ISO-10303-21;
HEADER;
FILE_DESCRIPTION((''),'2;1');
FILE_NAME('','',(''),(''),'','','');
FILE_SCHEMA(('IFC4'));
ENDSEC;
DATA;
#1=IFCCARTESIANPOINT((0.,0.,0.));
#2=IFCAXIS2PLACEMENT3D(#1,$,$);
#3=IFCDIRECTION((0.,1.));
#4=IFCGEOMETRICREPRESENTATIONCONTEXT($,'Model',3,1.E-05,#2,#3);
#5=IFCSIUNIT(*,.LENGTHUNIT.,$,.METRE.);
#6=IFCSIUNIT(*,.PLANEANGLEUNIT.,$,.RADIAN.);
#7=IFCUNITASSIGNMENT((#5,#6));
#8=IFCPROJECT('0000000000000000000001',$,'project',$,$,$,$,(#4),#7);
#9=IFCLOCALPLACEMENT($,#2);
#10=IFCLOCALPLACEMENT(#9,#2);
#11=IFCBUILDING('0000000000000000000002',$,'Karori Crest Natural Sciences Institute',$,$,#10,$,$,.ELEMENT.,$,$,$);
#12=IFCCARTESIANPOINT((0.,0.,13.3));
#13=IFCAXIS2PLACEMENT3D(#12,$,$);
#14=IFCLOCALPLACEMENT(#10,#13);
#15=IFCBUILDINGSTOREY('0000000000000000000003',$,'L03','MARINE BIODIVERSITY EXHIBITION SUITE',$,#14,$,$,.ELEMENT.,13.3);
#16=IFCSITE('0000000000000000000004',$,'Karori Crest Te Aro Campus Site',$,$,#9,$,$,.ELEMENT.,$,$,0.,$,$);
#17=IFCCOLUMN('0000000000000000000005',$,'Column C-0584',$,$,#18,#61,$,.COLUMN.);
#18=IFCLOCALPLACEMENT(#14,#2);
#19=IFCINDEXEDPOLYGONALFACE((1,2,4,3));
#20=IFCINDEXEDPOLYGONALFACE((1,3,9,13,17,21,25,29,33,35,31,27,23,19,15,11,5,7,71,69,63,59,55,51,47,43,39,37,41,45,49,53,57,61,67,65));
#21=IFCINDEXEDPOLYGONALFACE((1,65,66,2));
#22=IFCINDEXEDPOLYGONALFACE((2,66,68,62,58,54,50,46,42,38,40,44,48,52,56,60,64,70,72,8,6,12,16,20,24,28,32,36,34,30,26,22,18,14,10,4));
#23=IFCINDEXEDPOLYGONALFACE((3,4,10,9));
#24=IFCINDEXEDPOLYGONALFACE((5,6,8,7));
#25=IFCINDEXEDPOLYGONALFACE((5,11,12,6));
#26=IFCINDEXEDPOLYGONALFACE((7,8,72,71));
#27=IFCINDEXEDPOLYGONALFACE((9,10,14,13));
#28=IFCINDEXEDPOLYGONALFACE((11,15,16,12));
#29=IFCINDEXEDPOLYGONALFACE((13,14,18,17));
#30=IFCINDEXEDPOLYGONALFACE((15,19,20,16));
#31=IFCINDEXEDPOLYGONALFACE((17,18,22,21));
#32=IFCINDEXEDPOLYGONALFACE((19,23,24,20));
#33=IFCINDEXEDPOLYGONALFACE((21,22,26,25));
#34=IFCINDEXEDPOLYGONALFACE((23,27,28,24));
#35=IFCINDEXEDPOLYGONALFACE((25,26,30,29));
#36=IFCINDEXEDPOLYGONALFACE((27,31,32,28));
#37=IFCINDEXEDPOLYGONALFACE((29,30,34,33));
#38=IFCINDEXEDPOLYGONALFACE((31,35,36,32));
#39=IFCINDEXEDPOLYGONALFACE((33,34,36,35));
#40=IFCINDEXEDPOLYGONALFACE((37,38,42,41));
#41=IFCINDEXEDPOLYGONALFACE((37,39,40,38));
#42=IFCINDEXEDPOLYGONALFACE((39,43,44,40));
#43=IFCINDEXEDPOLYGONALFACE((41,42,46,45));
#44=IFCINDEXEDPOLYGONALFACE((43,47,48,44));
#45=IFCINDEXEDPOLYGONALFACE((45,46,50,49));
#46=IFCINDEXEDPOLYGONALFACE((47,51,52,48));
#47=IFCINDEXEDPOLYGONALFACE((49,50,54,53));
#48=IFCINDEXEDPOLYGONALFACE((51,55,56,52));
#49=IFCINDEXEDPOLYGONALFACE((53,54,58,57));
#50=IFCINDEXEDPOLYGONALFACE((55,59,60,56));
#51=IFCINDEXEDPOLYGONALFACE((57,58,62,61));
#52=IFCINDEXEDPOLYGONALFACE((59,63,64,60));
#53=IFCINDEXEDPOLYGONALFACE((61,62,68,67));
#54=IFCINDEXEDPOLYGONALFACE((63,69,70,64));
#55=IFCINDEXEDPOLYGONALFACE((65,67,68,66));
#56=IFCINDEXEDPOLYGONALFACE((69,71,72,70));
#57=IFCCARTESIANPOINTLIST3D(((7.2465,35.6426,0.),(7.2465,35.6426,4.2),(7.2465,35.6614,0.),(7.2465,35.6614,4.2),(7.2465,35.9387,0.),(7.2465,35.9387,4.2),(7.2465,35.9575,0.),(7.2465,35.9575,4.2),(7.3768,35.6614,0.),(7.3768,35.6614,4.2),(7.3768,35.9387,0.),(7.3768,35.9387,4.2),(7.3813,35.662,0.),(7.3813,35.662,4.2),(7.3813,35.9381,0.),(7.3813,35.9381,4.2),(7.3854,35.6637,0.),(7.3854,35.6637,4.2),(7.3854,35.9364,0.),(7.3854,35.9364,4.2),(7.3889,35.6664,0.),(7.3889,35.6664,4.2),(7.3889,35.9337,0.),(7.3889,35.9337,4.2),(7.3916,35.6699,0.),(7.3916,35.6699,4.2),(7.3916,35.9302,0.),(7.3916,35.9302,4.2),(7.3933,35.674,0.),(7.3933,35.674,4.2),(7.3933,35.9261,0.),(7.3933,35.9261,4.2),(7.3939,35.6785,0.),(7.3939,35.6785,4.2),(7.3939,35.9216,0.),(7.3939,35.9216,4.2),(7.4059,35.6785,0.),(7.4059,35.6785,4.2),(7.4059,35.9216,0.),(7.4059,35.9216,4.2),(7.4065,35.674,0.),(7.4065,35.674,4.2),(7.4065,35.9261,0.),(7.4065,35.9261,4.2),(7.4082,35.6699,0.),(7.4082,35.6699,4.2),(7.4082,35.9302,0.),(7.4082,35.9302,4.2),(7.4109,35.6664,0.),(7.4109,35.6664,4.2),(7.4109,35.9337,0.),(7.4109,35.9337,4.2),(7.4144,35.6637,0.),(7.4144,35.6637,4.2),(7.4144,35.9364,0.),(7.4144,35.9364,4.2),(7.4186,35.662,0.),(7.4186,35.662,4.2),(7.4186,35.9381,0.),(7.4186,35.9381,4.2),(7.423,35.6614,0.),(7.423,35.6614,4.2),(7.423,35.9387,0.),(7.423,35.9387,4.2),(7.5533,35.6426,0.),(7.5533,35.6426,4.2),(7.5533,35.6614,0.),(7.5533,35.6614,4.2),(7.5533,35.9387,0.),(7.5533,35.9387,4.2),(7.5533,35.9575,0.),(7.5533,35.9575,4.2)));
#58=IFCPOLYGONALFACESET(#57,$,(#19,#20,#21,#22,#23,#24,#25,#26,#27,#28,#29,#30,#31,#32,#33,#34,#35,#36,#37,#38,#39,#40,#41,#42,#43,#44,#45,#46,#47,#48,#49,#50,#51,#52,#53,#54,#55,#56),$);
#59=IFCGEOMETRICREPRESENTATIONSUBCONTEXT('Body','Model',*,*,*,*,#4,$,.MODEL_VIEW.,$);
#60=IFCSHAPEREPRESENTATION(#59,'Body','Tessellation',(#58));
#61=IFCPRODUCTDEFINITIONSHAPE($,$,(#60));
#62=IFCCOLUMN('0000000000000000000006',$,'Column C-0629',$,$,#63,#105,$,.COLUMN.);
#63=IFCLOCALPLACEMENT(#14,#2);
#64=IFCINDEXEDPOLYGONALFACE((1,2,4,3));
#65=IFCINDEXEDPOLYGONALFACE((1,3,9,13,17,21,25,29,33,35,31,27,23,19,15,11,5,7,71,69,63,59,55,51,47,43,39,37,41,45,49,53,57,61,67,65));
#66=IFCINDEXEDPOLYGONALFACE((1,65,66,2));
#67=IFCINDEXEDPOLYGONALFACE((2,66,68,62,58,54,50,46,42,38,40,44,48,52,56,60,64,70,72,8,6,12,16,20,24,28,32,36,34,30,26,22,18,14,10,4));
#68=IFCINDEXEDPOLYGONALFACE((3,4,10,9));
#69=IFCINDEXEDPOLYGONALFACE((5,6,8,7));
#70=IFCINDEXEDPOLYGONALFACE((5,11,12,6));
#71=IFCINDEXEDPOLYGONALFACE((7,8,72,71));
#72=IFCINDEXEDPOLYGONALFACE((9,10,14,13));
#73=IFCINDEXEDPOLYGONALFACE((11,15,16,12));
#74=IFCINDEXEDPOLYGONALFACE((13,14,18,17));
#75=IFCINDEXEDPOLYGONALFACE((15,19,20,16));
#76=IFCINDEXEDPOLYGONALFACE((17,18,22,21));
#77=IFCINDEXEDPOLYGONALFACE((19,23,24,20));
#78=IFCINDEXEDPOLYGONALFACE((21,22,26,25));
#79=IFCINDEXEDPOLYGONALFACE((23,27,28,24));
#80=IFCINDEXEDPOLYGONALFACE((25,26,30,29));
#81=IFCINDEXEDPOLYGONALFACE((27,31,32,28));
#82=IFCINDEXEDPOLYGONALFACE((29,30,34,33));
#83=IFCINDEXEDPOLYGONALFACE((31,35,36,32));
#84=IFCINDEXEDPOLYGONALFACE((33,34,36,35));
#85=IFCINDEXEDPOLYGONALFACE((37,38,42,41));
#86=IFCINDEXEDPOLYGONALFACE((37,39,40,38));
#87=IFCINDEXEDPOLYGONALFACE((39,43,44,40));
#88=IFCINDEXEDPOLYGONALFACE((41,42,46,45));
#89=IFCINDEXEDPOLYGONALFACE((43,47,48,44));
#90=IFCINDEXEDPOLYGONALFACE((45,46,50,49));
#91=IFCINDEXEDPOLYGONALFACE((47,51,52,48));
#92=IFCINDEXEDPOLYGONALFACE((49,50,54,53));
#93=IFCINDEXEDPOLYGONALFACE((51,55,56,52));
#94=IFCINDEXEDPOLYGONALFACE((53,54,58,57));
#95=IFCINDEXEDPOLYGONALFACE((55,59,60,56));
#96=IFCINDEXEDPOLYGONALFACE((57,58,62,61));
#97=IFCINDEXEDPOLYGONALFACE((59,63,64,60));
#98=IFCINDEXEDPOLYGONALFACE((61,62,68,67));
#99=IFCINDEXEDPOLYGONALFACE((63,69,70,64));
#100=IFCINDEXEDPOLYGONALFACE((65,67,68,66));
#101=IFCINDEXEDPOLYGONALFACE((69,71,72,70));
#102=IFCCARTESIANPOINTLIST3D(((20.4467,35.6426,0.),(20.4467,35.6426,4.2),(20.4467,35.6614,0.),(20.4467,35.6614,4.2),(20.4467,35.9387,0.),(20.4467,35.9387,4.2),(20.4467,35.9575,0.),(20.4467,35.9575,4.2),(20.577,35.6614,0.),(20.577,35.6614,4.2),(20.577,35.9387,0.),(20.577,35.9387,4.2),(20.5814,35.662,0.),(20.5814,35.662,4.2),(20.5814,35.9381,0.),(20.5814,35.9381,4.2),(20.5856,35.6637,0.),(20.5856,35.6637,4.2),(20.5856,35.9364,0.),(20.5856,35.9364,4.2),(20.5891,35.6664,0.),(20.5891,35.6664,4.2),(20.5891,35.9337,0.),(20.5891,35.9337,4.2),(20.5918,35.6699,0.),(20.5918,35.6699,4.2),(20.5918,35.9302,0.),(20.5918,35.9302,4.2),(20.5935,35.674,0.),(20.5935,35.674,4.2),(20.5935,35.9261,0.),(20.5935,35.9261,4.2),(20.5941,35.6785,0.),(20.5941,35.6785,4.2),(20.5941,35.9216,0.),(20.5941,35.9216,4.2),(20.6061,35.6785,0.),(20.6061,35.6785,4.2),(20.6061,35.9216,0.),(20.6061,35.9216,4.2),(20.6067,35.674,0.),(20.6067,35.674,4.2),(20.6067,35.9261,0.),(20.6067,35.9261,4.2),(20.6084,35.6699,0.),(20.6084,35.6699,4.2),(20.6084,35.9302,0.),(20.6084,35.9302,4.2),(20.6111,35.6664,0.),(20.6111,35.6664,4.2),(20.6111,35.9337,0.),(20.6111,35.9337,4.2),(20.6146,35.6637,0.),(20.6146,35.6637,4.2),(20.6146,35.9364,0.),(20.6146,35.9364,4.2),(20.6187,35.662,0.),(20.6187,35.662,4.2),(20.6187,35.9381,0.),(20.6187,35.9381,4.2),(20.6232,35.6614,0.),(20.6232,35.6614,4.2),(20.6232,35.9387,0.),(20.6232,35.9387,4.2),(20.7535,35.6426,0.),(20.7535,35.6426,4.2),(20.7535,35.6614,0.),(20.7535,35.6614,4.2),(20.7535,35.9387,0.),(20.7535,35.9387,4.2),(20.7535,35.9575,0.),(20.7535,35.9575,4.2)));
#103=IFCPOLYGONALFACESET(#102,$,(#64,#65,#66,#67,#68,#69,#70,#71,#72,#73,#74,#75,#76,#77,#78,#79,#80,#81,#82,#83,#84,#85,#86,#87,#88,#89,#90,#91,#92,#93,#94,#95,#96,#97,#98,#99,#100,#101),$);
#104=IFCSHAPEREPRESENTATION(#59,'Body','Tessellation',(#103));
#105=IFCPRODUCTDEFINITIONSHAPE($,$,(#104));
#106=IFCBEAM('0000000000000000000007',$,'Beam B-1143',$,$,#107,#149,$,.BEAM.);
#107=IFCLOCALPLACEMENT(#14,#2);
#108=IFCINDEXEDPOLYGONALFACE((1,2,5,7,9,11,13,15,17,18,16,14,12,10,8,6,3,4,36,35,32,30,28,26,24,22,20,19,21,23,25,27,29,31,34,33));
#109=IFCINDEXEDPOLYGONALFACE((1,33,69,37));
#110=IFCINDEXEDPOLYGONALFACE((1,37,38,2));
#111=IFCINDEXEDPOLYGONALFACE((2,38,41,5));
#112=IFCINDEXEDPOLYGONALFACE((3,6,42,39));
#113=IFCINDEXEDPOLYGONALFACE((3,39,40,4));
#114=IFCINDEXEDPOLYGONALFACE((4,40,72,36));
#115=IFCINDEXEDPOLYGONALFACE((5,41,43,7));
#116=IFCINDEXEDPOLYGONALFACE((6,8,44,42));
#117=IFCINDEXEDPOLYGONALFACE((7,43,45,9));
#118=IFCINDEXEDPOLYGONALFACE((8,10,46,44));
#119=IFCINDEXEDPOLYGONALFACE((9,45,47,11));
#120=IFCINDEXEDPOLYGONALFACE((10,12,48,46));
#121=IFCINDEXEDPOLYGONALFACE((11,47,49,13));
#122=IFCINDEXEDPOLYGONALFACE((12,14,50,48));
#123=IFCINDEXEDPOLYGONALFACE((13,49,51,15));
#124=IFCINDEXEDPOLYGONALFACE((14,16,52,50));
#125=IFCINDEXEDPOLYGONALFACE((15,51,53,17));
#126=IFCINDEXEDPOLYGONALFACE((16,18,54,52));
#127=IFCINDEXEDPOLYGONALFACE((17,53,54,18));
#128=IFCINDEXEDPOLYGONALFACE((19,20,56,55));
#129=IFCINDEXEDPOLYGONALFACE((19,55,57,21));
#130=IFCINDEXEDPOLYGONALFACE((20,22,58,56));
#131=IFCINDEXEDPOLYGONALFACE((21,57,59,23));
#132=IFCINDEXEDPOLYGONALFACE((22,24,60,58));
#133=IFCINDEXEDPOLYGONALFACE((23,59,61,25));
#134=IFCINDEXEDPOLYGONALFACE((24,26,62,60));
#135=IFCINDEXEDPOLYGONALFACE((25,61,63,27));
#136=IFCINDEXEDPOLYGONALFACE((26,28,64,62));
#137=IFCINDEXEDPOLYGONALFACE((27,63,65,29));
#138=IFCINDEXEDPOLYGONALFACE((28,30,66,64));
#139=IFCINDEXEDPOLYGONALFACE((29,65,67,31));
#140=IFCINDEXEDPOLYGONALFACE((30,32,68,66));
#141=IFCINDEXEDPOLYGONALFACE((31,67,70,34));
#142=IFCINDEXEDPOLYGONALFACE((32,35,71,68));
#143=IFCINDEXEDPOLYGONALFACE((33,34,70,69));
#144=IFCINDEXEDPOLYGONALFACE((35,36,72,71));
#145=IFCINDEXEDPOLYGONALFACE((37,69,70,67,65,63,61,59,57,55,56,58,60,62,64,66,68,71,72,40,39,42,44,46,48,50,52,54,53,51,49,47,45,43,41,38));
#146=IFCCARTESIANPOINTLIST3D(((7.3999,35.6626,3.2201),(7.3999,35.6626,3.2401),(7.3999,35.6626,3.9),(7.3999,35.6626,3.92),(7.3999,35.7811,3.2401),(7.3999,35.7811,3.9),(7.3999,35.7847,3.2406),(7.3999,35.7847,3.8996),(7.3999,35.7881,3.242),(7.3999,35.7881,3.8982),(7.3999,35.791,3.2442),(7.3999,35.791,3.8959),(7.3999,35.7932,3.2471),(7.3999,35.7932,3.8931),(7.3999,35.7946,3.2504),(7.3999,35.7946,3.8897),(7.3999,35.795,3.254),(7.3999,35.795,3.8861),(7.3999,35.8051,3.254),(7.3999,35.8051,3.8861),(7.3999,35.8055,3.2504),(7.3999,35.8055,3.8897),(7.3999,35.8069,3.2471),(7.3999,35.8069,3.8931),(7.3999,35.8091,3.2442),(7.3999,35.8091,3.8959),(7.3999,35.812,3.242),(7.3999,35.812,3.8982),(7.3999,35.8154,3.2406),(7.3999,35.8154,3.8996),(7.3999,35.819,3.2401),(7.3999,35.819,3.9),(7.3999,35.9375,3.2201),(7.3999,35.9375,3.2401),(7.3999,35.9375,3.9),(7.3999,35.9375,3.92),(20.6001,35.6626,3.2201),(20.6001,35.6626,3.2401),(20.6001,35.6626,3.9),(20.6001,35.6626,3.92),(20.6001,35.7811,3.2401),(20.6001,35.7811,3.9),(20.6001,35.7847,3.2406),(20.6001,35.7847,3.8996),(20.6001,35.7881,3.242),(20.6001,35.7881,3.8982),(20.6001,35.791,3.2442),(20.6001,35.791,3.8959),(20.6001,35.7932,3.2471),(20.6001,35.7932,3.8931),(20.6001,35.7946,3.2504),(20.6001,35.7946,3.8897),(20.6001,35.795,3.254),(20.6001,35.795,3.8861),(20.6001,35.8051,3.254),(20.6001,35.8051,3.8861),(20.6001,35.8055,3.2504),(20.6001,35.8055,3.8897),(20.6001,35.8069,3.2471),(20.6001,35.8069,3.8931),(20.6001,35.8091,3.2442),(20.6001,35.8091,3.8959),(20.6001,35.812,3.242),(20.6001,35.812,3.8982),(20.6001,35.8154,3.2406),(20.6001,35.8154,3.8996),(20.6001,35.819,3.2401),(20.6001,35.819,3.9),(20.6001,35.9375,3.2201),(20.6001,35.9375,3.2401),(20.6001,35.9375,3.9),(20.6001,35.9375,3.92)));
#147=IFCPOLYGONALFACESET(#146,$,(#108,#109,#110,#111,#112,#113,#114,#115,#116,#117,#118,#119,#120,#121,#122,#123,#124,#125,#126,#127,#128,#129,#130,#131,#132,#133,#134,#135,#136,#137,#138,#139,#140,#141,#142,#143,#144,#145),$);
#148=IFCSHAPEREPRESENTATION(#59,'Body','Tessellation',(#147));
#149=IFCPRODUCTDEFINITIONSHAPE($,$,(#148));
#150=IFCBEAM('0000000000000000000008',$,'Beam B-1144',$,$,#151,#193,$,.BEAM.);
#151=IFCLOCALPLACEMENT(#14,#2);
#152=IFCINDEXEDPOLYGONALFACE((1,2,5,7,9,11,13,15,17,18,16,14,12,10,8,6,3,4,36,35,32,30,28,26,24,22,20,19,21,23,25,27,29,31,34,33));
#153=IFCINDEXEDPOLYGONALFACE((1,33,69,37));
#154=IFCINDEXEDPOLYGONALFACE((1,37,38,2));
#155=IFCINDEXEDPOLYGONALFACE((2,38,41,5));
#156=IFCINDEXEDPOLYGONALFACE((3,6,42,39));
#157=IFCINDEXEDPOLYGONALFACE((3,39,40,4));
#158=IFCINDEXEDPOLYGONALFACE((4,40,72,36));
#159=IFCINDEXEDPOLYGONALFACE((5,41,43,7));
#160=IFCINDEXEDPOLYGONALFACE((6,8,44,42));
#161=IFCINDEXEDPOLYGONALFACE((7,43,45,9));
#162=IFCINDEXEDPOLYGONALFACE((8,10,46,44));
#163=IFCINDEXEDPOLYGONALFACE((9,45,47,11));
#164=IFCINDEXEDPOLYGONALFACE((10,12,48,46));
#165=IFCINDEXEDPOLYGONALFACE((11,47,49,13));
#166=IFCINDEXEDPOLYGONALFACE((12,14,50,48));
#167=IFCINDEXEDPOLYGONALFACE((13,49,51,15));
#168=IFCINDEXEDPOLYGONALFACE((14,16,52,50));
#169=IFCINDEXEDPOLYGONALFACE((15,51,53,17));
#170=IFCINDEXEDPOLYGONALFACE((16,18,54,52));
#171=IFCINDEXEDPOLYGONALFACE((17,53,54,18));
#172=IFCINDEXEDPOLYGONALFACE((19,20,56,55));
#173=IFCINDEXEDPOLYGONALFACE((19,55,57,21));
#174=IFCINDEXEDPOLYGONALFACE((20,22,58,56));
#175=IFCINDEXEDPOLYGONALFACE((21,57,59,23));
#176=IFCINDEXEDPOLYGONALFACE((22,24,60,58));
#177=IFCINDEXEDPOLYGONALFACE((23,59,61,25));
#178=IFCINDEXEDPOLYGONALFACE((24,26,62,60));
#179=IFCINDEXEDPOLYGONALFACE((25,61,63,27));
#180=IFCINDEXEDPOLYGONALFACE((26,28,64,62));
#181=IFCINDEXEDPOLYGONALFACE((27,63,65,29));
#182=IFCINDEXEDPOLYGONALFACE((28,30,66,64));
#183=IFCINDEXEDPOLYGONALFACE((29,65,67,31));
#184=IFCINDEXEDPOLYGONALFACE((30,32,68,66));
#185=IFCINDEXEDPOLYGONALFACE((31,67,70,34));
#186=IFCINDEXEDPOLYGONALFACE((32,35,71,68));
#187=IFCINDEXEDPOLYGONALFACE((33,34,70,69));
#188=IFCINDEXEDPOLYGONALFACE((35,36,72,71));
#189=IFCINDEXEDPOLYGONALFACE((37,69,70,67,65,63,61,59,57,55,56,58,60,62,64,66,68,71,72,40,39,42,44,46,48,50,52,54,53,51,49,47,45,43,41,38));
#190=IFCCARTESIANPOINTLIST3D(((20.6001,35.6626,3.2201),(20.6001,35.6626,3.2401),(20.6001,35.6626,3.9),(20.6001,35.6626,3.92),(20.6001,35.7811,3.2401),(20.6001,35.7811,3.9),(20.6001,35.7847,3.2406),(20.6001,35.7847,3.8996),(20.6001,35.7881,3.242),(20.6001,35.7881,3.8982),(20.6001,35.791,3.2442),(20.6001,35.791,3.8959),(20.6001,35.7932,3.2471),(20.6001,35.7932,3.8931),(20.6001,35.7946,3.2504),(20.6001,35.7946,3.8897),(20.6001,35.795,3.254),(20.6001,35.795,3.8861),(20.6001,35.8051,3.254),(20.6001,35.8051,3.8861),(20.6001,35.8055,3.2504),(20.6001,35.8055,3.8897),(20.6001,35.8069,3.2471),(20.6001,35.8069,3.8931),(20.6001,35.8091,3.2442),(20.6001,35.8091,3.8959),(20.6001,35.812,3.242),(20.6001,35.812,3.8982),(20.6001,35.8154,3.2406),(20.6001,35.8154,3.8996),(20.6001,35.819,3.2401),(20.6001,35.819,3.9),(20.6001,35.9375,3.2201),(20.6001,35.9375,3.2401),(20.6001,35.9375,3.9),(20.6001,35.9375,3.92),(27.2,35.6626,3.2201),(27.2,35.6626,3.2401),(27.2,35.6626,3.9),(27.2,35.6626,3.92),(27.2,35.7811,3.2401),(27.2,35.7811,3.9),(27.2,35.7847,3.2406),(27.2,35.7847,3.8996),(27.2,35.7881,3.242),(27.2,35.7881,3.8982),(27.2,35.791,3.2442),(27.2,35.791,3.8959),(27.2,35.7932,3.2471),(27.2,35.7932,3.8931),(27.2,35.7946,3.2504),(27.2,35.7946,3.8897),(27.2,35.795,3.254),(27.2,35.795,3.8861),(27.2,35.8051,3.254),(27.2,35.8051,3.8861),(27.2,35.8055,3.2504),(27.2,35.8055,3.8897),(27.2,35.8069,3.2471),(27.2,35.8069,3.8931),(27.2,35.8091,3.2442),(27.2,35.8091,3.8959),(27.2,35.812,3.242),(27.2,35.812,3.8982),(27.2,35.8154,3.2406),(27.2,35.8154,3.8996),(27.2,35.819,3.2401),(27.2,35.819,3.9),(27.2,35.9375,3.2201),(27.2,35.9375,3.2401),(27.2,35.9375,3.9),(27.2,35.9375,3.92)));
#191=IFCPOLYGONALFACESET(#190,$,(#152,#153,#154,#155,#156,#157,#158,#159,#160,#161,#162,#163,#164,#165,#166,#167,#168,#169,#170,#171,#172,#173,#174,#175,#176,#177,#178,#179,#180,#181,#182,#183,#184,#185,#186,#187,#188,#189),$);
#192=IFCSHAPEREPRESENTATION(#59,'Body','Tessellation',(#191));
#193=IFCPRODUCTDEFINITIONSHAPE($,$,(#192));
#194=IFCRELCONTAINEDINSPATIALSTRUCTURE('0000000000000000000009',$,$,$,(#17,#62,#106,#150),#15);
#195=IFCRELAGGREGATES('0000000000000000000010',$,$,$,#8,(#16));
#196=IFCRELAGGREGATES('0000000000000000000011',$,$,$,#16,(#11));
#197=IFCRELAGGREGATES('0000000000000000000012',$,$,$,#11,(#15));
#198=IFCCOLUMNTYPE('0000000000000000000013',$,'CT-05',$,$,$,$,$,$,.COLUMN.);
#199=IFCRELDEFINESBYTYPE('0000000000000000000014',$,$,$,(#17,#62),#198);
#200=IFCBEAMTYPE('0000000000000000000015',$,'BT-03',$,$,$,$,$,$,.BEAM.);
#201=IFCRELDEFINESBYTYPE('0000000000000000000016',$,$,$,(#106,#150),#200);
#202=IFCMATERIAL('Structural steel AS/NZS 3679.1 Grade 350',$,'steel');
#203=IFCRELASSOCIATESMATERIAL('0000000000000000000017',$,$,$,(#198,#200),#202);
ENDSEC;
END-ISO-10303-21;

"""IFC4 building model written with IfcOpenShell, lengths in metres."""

from ifc_helpers import new_model, si_unit, direction, frame, origin, origin_2d, place, context, subcontext, project, spatial, i_section, extrude, material, material_profile, profile_set, type_object, element, save


model = new_model("IFC4")

# Units and contexts
model_context = context("Model", 3, precision=1e-05, world=origin(), true_north=direction((0.0, 1.0)))
body_context = subcontext(model_context, "Body", "Model", "MODEL_VIEW")
ifc_project = project(units=[si_unit("LENGTHUNIT", "METRE"), si_unit("PLANEANGLEUNIT", "RADIAN")], contexts=[model_context])

# Site, building, storey
site_placement = place(None, origin())
site = spatial("IfcSite", under=ifc_project, at=site_placement, Name="Karori Crest Te Aro Campus Site", CompositionType="ELEMENT", RefElevation=0.0)
building_placement = place(site_placement, origin())
building = spatial("IfcBuilding", under=site, at=building_placement, Name="Karori Crest Natural Sciences Institute", CompositionType="ELEMENT")
storey_placement = place(building_placement, frame((0.0, 0.0, 13.3)))
storey = spatial("IfcBuildingStorey", under=building, at=storey_placement, Name="L03", Description="MARINE BIODIVERSITY EXHIBITION SUITE", CompositionType="ELEMENT", Elevation=13.3)

# Columns
ifc_material_1 = material(Name="Structural steel AS/NZS 3679.1 Grade 350", Category="steel")
ifc_material_profile_1 = material_profile(ifc_material_1, i_section(OverallWidth=0.3069, OverallDepth=0.3149, WebThickness=0.012, FlangeThickness=0.0188, FilletRadius=0.0171, at=origin_2d()), Name="310UC118")
ifc_profile_set_1 = profile_set([ifc_material_profile_1], Name="Structural steel AS/NZS 3679.1 Grade 350")
column_type = type_object("IfcColumnType", Name="CT-05", PredefinedType="COLUMN", material=ifc_profile_set_1)
for number, where, z_axis, x_axis, name in (
    (1, (7.3999, 35.8, 0.0), (0.0, 0.0, 1.0), (1.0, 0.0, 0.0), "Column C-0584"),
    (2, (20.6001, 35.8, 0.0), (0.0, 0.0, 1.0), (1.0, 0.0, 0.0), "Column C-0629"),
):
    element("IfcColumn", number, at=place(storey_placement, frame(where, z_axis=z_axis, x_axis=x_axis)), inside=storey, type_object=column_type, Name=name, PredefinedType="COLUMN", context=body_context, shape_type="SweptSolid", body=[
        extrude(i_section(OverallWidth=0.3069, OverallDepth=0.3149, WebThickness=0.012, FlangeThickness=0.0188, FilletRadius=0.0171, at=origin_2d()), origin(), (0.0, 0.0, 1.0), 4.2),
    ])

# Beams
ifc_material_profile_2 = material_profile(ifc_material_1, i_section(OverallWidth=0.2749, OverallDepth=0.7, WebThickness=0.01, FlangeThickness=0.02, FilletRadius=0.0139, at=origin_2d()), Name="700WB150")
ifc_profile_set_2 = profile_set([ifc_material_profile_2], Name="Structural steel AS/NZS 3679.1 Grade 350")
beam_type_1 = type_object("IfcBeamType", Name="BT-03", PredefinedType="BEAM", material=ifc_profile_set_2)
beam_1_placement = place(storey_placement, frame((7.3999, 35.8, 3.5701), z_axis=(1.0, 0.0, 0.0), x_axis=(0.0, 1.0, 0.0)))
element("IfcBeam", 3, at=beam_1_placement, inside=storey, type_object=beam_type_1, Name="Beam B-1143", PredefinedType="BEAM", context=body_context, shape_type="SweptSolid", body=[
    extrude(i_section(OverallWidth=0.2749, OverallDepth=0.7, WebThickness=0.01, FlangeThickness=0.02, FilletRadius=0.0139, at=origin_2d()), origin(), (0.0, 0.0, 1.0), 13.2002),
])
beam_2_placement = place(storey_placement, frame((20.6001, 35.8, 3.5701), z_axis=(1.0, 0.0, 0.0), x_axis=(0.0, 1.0, 0.0)))
element("IfcBeam", 4, at=beam_2_placement, inside=storey, type_object=beam_type_1, Name="Beam B-1144", PredefinedType="BEAM", context=body_context, shape_type="SweptSolid", body=[
    extrude(i_section(OverallWidth=0.2749, OverallDepth=0.7, WebThickness=0.01, FlangeThickness=0.02, FilletRadius=0.0139, at=origin_2d()), origin(), (0.0, 0.0, 1.0), 6.5999),
])

save(model, "model.ifc")
